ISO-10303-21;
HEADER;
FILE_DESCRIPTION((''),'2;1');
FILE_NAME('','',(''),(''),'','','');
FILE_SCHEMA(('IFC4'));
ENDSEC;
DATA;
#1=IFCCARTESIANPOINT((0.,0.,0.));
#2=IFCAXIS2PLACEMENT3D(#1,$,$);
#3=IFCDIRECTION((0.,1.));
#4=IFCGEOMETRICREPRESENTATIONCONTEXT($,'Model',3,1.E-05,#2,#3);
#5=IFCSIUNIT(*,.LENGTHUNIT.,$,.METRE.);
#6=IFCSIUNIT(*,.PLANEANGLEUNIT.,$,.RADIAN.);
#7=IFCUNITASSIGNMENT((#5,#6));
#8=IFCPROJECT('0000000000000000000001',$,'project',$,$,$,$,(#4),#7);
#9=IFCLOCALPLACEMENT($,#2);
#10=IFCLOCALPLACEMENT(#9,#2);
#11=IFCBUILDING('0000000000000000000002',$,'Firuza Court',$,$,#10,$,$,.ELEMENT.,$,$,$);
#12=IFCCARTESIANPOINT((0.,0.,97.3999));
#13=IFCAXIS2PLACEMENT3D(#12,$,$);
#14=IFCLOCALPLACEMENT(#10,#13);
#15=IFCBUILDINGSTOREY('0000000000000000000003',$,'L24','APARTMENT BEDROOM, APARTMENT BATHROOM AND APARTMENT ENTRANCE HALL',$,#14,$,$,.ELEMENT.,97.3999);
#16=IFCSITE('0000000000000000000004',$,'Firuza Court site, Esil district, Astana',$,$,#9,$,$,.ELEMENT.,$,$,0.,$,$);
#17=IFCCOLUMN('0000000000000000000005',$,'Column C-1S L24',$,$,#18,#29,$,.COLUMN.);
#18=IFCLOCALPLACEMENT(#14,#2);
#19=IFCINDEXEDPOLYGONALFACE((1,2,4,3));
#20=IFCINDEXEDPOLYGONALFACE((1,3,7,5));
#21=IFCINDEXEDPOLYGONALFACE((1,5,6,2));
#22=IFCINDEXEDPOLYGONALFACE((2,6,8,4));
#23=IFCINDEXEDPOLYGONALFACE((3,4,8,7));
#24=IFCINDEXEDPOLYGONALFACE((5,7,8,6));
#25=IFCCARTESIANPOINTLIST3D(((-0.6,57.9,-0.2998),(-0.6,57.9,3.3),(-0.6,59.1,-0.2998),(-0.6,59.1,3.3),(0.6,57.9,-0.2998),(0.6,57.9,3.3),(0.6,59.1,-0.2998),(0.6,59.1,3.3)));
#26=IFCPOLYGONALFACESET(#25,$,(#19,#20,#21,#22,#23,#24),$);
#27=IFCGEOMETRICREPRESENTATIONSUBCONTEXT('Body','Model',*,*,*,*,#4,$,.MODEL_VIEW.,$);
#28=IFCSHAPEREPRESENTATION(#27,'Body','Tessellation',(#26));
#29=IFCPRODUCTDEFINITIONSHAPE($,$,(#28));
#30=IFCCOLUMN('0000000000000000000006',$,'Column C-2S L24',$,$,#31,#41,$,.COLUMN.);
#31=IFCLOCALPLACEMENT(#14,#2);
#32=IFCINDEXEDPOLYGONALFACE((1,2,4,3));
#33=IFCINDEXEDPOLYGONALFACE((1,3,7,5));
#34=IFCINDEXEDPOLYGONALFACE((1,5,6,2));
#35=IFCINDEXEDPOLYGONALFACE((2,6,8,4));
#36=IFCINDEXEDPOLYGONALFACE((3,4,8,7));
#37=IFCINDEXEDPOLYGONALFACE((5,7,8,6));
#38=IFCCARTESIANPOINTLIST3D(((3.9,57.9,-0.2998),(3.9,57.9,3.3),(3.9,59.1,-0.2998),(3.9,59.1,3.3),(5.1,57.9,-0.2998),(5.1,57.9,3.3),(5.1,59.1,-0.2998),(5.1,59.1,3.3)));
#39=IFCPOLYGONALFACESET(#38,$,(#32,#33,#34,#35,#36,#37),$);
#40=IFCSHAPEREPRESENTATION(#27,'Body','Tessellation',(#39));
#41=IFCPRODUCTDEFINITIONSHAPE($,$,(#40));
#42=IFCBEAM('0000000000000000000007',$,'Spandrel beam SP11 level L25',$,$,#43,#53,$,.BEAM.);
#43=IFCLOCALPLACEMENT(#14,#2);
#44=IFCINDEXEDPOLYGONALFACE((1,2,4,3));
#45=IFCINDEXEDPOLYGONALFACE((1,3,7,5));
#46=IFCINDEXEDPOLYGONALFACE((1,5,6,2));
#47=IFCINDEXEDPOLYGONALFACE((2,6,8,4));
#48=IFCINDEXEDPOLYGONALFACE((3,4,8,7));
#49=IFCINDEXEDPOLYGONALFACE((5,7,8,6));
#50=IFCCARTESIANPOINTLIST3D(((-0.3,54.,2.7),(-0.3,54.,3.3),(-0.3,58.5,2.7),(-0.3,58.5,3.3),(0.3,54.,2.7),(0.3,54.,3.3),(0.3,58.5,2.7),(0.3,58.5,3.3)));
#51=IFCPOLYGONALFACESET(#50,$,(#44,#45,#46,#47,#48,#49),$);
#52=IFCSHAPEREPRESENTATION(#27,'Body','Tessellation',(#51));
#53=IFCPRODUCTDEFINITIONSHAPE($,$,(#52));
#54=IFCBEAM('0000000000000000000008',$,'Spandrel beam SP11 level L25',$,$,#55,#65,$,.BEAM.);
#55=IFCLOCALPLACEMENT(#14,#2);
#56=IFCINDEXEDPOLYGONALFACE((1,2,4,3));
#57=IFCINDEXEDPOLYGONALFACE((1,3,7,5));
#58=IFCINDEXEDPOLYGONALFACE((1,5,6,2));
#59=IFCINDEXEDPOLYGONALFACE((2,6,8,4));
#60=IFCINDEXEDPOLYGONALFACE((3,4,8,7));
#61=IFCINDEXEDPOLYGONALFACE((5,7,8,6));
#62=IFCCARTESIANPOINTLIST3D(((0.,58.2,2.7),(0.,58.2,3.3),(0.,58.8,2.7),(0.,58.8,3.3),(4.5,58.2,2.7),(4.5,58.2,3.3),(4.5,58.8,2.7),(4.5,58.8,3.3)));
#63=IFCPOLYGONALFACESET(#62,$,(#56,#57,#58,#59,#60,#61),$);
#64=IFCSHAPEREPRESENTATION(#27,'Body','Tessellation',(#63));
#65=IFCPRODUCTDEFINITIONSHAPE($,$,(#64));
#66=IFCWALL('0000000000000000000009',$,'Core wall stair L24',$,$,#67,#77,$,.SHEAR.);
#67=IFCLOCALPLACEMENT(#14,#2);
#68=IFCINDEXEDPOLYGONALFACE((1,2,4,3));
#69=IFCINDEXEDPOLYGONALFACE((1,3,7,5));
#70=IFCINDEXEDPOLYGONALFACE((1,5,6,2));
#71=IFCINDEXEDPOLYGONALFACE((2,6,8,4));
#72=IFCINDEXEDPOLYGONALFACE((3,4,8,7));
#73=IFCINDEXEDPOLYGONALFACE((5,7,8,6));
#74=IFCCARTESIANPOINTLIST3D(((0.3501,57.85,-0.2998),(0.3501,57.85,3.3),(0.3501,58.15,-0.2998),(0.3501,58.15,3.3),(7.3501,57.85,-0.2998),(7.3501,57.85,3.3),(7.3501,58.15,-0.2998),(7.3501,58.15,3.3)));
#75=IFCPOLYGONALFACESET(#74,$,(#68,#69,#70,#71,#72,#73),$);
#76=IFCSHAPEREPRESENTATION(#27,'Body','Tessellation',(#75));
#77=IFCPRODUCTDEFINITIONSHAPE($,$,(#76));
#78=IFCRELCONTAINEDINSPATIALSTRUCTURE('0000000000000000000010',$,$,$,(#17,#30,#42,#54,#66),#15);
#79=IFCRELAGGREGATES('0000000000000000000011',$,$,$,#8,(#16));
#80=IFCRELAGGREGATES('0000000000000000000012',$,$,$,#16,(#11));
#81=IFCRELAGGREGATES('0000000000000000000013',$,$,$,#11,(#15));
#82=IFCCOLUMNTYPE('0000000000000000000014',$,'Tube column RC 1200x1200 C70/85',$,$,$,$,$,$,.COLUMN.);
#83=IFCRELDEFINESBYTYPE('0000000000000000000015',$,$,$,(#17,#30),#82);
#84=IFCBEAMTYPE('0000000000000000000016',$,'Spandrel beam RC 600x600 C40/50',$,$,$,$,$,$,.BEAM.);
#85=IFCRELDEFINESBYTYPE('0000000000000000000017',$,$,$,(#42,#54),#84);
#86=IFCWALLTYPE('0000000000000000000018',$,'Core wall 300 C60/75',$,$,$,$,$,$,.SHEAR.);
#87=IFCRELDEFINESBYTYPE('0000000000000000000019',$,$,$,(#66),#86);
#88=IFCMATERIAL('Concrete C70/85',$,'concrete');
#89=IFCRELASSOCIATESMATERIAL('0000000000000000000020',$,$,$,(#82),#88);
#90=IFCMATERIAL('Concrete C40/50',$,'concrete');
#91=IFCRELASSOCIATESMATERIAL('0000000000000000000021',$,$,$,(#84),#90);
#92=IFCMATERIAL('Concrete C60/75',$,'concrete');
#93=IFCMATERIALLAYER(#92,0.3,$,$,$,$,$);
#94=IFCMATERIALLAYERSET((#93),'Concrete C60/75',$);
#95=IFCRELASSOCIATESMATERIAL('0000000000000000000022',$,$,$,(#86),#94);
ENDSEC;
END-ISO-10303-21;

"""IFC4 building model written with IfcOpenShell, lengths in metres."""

from ifc_helpers import new_model, si_unit, direction, frame, frame_2d, origin, origin_2d, place, context, subcontext, project, spatial, rectangle, extrude, material, layer, layer_set, material_profile, profile_set, type_object, element, save


model = new_model("IFC4")

# Units and contexts
model_context = context("Model", 3, precision=1e-05, world=origin(), true_north=direction((0.0, 1.0)))
body_context = subcontext(model_context, "Body", "Model", "MODEL_VIEW")
ifc_project = project(units=[si_unit("LENGTHUNIT", "METRE"), si_unit("PLANEANGLEUNIT", "RADIAN")], contexts=[model_context])

# Site, building, storey
site_placement = place(None, origin())
site = spatial("IfcSite", under=ifc_project, at=site_placement, Name="Firuza Court site, Esil district, Astana", CompositionType="ELEMENT", RefElevation=0.0)
building_placement = place(site_placement, origin())
building = spatial("IfcBuilding", under=site, at=building_placement, Name="Firuza Court", CompositionType="ELEMENT")
storey_placement = place(building_placement, frame((0.0, 0.0, 97.3999)))
storey = spatial("IfcBuildingStorey", under=building, at=storey_placement, Name="L24", Description="APARTMENT BEDROOM, APARTMENT BATHROOM AND APARTMENT ENTRANCE HALL", CompositionType="ELEMENT", Elevation=97.3999)

# Columns
ifc_material_1 = material(Name="Concrete C70/85", Category="concrete")
ifc_material_profile_1 = material_profile(ifc_material_1, rectangle(XDim=1.2, YDim=1.2, at=origin_2d()), Name="RC 1200x1200")
ifc_profile_set_1 = profile_set([ifc_material_profile_1], Name="Concrete C70/85")
column_type = type_object("IfcColumnType", Name="Tube column RC 1200x1200 C70/85", PredefinedType="COLUMN", material=ifc_profile_set_1)
for number, where, z_axis, x_axis, name in (
    (1, (0.0, 58.5, -0.2998), (0.0, 0.0, 1.0), (1.0, 0.0, 0.0), "Column C-1S L24"),
    (2, (4.5, 58.5, -0.2998), (0.0, 0.0, 1.0), (1.0, 0.0, 0.0), "Column C-2S L24"),
):
    element("IfcColumn", number, at=place(storey_placement, frame(where, z_axis=z_axis, x_axis=x_axis)), inside=storey, type_object=column_type, Name=name, PredefinedType="COLUMN", context=body_context, shape_type="SweptSolid", body=[
        extrude(rectangle(XDim=1.2, YDim=1.2, at=origin_2d()), origin(), (0.0, 0.0, 1.0), 3.5999),
    ])

# Beams
ifc_material_2 = material(Name="Concrete C40/50", Category="concrete")
ifc_material_profile_2 = material_profile(ifc_material_2, rectangle(XDim=0.6001, YDim=0.6001, at=origin_2d()), Name="RC 600x600")
ifc_profile_set_2 = profile_set([ifc_material_profile_2], Name="Concrete C40/50")
beam_type = type_object("IfcBeamType", Name="Spandrel beam RC 600x600 C40/50", PredefinedType="BEAM", material=ifc_profile_set_2)
for number, where, z_axis, x_axis, name in (
    (3, (0.0, 58.5, 3.0), (0.0, -1.0, 0.0), (1.0, 0.0, 0.0), "Spandrel beam SP11 level L25"),
    (4, (4.5, 58.5, 3.0), (-1.0, 0.0, 0.0), (0.0, -1.0, 0.0), "Spandrel beam SP11 level L25"),
):
    element("IfcBeam", number, at=place(storey_placement, frame(where, z_axis=z_axis, x_axis=x_axis)), inside=storey, type_object=beam_type, Name=name, PredefinedType="BEAM", context=body_context, shape_type="SweptSolid", body=[
        extrude(rectangle(XDim=0.6001, YDim=0.6001, at=origin_2d()), origin(), (0.0, 0.0, 1.0), 4.5),
    ])

# Wall
ifc_material_3 = material(Name="Concrete C60/75", Category="concrete")
ifc_layer_1 = layer(ifc_material_3, 0.3)
ifc_layer_set_1 = layer_set([ifc_layer_1], Name="Concrete C60/75")
wall_type_1 = type_object("IfcWallType", Name="Core wall 300 C60/75", PredefinedType="SHEAR", material=ifc_layer_set_1)
wall_1_placement = place(storey_placement, frame((0.3501, 58.0, -0.2998), z_axis=(0.0, 0.0, 1.0), x_axis=(1.0, 0.0, 0.0)))
element("IfcWall", 5, at=wall_1_placement, inside=storey, type_object=wall_type_1, Name="Core wall stair L24", PredefinedType="SHEAR", context=body_context, shape_type="SweptSolid", body=[
    extrude(rectangle(XDim=7.0, YDim=0.3, at=frame_2d((3.5, 0.0))), origin(), (0.0, 0.0, 1.0), 3.5999),
])

save(model, "model.ifc")
